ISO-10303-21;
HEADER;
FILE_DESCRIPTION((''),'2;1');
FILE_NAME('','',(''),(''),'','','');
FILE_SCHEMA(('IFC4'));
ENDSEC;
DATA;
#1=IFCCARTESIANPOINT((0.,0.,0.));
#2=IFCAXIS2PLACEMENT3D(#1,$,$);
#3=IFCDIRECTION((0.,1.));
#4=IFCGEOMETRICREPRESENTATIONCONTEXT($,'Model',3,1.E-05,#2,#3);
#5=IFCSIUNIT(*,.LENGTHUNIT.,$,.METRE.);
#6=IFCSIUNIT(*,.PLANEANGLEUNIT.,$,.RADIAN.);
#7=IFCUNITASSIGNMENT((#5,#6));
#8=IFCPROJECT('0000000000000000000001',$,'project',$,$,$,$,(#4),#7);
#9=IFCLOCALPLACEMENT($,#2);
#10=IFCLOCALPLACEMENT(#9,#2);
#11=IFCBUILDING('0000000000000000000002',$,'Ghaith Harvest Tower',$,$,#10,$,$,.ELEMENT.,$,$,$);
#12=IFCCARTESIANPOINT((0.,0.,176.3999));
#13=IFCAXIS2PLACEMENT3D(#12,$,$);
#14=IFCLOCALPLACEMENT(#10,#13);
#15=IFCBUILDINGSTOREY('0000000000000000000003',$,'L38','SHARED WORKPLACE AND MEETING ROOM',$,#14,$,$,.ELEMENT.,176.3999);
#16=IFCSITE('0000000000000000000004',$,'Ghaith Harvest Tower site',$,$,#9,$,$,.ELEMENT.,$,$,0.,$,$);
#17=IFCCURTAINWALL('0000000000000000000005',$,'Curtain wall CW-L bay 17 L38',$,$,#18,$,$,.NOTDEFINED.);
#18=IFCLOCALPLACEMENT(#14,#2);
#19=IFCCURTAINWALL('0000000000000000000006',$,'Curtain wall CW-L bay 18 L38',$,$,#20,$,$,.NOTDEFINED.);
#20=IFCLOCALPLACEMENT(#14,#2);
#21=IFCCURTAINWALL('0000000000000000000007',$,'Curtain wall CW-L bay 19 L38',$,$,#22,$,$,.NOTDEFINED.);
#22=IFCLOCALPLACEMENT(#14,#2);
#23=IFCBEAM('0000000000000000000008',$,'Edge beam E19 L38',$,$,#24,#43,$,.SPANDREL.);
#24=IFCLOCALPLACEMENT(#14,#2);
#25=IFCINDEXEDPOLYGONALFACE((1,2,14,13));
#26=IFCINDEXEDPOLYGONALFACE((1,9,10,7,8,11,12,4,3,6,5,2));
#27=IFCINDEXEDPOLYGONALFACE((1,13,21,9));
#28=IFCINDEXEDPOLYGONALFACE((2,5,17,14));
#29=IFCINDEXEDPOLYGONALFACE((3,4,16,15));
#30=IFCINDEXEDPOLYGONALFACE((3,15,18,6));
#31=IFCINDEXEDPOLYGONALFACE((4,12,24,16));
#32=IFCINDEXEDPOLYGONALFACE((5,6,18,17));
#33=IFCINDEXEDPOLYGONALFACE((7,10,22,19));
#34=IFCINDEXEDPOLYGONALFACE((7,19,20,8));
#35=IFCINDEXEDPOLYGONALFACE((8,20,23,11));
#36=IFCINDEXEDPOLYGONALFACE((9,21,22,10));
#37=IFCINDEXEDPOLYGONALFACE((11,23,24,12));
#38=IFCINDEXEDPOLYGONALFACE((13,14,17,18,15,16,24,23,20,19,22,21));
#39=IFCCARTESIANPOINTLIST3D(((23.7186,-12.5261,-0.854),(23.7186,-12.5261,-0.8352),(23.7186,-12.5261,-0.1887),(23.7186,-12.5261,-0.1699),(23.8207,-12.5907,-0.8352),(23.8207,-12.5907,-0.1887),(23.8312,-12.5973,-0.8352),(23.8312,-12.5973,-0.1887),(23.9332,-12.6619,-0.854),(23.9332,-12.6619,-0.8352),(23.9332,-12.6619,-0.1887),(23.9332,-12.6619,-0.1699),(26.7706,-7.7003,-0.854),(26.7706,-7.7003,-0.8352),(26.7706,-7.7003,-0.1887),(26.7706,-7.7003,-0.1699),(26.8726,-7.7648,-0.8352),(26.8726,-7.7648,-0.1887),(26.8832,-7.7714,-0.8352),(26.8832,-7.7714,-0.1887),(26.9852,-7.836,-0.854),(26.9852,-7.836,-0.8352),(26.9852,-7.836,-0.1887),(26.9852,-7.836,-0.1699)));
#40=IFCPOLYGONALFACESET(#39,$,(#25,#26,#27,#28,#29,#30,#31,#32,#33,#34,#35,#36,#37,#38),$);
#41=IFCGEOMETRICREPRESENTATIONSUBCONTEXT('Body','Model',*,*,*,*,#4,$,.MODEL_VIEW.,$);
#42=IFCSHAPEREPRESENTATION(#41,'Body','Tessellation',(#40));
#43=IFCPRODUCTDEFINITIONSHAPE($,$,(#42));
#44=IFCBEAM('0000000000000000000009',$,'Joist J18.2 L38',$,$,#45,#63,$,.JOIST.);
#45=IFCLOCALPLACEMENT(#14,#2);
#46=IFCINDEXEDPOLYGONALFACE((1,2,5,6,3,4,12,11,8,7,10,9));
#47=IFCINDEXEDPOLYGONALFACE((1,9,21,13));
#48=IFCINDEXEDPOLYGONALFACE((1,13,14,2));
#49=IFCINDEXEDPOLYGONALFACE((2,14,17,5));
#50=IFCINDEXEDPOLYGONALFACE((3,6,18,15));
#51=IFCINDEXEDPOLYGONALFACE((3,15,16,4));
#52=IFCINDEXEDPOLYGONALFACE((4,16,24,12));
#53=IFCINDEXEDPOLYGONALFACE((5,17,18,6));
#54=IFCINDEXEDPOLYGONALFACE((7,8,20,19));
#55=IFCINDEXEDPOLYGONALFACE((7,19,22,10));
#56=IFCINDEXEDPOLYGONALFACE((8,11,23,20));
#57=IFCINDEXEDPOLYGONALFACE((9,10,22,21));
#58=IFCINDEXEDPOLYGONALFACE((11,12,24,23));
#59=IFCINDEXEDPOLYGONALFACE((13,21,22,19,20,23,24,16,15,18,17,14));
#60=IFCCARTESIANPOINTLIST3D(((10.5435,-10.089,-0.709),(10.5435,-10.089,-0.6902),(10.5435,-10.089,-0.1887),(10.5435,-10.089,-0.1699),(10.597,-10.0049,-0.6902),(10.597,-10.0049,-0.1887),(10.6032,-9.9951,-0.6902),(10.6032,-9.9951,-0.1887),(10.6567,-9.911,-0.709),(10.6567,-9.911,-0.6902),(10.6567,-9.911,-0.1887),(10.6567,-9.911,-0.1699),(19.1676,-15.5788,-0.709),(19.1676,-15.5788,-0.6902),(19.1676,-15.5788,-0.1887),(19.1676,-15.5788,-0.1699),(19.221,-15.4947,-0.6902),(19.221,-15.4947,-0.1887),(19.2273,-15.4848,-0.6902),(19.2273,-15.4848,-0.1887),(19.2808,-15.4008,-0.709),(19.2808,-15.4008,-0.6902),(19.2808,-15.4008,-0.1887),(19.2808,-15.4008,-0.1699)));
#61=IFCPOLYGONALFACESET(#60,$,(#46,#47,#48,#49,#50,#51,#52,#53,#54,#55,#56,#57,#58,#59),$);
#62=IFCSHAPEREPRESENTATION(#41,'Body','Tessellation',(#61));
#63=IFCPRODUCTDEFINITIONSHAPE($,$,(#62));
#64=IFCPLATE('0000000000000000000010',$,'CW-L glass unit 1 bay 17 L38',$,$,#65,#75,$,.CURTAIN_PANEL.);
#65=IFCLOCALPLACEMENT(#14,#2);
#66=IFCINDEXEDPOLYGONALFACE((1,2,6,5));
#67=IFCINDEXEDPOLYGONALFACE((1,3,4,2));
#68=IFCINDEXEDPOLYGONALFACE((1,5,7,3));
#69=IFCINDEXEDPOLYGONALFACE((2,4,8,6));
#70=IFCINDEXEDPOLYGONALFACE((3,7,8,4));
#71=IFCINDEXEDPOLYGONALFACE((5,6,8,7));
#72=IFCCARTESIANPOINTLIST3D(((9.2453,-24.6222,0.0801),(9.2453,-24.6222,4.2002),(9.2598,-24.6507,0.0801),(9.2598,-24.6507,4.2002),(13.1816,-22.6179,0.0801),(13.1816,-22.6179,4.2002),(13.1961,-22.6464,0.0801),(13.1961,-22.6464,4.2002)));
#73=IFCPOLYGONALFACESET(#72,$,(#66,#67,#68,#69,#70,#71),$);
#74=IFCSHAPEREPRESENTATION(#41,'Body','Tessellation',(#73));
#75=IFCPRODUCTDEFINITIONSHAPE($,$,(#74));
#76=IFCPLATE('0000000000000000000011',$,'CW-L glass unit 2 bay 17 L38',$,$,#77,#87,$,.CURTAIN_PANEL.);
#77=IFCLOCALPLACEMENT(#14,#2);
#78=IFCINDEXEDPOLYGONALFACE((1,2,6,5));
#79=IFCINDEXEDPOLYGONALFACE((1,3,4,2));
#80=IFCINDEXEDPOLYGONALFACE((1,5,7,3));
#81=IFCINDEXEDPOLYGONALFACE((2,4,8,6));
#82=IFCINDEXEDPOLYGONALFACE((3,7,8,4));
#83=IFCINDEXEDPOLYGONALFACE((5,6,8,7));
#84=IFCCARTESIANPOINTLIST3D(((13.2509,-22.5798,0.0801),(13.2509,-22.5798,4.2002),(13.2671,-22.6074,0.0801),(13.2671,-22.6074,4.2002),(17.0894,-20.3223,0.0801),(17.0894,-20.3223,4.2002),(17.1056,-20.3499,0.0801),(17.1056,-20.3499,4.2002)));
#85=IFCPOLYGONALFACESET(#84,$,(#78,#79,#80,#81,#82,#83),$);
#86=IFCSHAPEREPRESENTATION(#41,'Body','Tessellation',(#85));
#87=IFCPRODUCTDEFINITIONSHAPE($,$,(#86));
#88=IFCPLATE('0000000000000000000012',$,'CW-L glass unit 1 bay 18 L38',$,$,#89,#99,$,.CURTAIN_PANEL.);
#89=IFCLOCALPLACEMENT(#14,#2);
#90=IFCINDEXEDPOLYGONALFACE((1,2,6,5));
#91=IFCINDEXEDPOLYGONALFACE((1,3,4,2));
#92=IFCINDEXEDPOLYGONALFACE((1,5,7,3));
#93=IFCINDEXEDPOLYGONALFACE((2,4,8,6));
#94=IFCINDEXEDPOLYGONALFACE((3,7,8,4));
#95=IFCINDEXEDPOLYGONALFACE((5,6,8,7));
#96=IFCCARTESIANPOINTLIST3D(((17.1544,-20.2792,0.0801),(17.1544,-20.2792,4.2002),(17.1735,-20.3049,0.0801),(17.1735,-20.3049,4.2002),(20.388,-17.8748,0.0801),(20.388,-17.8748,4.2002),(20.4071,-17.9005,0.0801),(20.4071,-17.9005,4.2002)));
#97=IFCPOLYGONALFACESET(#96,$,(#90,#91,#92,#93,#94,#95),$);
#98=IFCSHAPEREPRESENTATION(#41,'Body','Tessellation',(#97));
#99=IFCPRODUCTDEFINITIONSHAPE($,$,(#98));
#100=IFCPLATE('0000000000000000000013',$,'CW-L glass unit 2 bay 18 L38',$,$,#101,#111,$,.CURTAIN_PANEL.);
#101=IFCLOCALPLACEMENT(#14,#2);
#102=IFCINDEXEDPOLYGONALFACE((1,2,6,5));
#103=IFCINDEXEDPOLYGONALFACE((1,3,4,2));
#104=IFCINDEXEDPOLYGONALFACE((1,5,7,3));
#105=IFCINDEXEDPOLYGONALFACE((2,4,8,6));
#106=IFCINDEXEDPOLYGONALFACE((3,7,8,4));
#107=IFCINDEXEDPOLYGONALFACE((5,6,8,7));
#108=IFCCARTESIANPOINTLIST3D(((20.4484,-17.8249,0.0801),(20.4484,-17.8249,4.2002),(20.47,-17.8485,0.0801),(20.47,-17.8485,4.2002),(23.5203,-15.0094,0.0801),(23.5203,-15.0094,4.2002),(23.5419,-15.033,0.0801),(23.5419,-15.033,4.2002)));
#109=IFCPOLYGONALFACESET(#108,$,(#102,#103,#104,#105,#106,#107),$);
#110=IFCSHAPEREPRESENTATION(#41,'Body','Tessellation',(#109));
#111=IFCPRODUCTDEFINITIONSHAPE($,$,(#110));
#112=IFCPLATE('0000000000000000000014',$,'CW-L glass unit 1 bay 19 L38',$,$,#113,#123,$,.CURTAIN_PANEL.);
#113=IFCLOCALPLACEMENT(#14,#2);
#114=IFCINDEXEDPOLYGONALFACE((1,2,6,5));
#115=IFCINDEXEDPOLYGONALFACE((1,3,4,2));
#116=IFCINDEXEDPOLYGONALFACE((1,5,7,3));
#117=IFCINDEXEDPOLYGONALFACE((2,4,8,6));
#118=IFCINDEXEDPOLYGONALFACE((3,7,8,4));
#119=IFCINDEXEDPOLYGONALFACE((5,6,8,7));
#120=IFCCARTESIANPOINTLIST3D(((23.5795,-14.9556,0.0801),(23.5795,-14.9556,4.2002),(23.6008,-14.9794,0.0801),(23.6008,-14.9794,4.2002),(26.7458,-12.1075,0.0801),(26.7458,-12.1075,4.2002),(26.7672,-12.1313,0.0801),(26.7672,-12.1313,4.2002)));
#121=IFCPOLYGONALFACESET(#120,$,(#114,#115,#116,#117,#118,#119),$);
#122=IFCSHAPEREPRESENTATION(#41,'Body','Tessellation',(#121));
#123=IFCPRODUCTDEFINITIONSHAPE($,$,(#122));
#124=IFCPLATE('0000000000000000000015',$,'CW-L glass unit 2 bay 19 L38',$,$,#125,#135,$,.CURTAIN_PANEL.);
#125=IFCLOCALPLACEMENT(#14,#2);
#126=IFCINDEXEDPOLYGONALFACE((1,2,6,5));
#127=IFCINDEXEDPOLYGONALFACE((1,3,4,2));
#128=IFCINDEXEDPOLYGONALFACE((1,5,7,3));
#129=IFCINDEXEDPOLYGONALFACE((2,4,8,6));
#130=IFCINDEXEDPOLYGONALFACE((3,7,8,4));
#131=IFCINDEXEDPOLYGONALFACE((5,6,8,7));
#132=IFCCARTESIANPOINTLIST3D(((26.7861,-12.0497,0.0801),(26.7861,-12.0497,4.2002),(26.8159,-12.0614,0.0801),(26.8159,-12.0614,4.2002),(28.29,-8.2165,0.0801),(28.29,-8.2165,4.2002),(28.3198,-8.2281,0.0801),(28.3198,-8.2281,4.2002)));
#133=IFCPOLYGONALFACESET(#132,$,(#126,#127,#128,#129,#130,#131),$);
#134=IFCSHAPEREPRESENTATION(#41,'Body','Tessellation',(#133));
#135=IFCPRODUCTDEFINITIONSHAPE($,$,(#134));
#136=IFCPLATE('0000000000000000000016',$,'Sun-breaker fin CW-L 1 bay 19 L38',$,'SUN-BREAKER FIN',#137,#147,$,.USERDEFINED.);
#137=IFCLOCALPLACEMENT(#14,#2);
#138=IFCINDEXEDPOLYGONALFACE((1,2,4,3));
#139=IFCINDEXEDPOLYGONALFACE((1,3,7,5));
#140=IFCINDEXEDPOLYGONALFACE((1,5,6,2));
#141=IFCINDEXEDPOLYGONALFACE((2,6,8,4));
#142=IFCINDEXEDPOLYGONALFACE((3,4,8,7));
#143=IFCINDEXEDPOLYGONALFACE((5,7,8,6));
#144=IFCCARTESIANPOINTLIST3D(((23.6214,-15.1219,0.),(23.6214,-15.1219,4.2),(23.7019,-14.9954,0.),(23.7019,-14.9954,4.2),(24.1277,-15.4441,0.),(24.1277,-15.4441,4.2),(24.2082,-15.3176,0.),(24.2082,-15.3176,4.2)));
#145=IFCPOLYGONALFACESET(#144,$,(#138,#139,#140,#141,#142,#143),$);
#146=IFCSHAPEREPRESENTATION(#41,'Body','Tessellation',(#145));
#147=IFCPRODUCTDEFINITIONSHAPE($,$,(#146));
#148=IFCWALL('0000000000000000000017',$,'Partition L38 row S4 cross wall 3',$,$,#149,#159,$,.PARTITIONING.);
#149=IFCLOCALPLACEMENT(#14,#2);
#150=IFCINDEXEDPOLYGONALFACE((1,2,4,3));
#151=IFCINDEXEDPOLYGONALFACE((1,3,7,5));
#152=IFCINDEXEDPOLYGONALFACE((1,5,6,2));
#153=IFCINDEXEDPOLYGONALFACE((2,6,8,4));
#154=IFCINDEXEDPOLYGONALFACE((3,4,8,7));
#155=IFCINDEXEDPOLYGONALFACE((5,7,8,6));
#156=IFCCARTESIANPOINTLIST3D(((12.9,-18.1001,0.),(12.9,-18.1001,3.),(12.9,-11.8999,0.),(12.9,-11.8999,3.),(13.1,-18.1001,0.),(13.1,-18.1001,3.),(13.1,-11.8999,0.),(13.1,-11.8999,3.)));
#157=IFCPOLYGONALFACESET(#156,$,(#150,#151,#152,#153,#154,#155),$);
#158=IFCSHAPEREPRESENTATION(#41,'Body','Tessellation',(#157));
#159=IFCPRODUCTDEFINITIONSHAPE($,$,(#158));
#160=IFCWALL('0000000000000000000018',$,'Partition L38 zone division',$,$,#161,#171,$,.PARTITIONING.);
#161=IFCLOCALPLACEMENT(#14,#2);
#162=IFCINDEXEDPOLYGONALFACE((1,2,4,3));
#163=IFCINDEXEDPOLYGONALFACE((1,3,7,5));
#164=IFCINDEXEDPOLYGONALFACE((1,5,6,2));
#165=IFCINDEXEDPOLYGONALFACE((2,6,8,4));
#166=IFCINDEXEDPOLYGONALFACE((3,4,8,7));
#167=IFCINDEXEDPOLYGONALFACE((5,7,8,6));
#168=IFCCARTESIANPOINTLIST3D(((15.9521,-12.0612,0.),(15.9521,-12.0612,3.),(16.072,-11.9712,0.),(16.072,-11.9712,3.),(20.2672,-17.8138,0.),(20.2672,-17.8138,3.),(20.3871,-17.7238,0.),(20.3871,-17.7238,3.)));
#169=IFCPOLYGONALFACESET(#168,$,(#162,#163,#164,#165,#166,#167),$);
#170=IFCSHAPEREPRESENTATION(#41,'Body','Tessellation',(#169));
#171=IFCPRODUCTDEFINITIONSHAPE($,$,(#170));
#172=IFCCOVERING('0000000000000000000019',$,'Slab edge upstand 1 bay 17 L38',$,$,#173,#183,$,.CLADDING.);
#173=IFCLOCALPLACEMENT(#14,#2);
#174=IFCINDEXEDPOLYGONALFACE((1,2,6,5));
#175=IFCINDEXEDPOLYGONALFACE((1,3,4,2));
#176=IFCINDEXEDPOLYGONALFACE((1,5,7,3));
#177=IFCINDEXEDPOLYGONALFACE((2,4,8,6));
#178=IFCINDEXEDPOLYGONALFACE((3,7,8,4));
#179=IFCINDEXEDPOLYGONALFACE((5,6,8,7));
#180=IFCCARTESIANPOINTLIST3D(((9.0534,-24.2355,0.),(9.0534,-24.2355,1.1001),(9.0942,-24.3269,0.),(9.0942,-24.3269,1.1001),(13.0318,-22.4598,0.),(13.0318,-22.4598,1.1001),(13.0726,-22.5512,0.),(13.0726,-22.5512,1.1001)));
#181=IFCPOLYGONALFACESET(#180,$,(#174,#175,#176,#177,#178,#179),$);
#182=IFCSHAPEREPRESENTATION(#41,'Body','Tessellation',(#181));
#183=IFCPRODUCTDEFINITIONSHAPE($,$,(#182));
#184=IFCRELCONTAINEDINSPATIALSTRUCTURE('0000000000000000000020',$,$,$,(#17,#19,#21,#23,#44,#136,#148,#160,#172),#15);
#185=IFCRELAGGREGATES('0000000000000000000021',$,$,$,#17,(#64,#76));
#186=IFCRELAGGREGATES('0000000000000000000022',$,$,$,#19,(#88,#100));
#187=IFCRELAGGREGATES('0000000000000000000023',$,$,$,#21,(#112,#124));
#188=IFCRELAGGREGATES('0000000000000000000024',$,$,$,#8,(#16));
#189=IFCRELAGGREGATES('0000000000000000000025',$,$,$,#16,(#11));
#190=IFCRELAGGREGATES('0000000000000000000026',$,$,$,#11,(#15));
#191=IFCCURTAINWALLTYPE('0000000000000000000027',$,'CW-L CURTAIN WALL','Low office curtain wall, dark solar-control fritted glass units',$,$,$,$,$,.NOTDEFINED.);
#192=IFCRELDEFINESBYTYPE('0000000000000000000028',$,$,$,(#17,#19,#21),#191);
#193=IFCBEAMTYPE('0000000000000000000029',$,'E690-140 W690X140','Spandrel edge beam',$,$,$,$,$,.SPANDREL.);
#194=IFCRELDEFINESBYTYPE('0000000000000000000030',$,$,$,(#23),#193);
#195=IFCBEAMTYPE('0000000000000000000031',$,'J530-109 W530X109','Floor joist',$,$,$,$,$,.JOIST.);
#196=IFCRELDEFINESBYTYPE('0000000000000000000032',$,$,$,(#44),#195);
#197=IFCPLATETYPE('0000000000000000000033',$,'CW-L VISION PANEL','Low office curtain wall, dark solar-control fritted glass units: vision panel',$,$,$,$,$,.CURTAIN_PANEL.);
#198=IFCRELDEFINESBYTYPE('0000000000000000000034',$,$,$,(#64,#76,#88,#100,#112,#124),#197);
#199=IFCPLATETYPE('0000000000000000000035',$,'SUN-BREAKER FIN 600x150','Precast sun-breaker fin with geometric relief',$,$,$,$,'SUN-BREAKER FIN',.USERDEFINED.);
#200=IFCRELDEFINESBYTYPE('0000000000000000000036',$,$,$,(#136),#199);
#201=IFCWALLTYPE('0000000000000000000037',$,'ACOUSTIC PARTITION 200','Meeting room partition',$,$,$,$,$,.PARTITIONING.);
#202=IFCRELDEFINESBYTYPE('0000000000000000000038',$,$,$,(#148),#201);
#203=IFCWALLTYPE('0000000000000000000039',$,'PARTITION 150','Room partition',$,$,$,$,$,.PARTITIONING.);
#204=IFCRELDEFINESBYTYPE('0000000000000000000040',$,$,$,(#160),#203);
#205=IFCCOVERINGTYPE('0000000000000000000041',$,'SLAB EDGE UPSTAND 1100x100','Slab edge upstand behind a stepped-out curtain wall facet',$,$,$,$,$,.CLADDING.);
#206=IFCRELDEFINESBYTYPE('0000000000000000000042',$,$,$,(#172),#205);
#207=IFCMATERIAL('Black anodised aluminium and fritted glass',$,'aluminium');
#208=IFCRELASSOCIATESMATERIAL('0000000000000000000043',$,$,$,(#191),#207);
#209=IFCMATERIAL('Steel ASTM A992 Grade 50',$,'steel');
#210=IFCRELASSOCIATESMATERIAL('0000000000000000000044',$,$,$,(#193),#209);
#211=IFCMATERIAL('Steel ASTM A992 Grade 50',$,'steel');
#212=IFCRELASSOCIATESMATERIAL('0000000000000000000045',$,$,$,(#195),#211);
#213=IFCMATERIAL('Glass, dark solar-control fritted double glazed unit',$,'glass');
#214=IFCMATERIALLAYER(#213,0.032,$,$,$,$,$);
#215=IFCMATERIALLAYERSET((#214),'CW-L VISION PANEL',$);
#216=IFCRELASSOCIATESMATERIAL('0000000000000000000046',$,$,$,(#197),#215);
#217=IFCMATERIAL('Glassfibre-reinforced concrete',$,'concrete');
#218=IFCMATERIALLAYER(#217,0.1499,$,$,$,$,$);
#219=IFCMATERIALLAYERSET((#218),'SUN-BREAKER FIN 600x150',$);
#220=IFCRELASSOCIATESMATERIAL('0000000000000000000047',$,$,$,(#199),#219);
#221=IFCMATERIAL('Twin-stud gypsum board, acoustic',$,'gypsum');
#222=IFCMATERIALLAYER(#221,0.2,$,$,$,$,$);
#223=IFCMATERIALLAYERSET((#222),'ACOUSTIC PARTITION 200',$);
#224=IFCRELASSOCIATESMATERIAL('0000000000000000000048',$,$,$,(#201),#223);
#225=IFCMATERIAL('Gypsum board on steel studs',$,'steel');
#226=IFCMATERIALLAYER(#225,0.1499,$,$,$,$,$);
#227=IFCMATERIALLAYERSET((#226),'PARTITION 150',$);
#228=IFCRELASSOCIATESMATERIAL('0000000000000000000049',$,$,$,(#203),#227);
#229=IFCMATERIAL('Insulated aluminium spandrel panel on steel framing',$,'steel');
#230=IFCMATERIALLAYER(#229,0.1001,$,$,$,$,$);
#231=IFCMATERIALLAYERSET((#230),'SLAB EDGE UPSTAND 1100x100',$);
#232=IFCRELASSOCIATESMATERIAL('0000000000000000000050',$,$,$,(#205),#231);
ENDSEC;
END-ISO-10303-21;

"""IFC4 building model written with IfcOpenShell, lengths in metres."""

from ifc_helpers import new_model, si_unit, direction, frame, frame_2d, origin, origin_2d, place, context, subcontext, project, spatial, rectangle, i_section, extrude, material, layer, layer_set, material_profile, profile_set, type_object, element, aggregate, save


model = new_model("IFC4")

# Units and contexts
model_context = context("Model", 3, precision=1e-05, world=origin(), true_north=direction((0.0, 1.0)))
body_context = subcontext(model_context, "Body", "Model", "MODEL_VIEW")
ifc_project = project(units=[si_unit("LENGTHUNIT", "METRE"), si_unit("PLANEANGLEUNIT", "RADIAN")], contexts=[model_context])

# Site, building, storey
site_placement = place(None, origin())
site = spatial("IfcSite", under=ifc_project, at=site_placement, Name="Ghaith Harvest Tower site", CompositionType="ELEMENT", RefElevation=0.0)
building_placement = place(site_placement, origin())
building = spatial("IfcBuilding", under=site, at=building_placement, Name="Ghaith Harvest Tower", CompositionType="ELEMENT")
storey_placement = place(building_placement, frame((0.0, 0.0, 176.3999)))
storey = spatial("IfcBuildingStorey", under=building, at=storey_placement, Name="L38", Description="SHARED WORKPLACE AND MEETING ROOM", CompositionType="ELEMENT", Elevation=176.3999)

# Curtain wall
ifc_material_1 = material(Name="Black anodised aluminium and fritted glass", Category="aluminium")
curtain_wall_type = type_object("IfcCurtainWallType", Name="CW-L CURTAIN WALL", Description="Low office curtain wall, dark solar-control fritted glass units", PredefinedType="NOTDEFINED", material=ifc_material_1)
curtain_wall_1_placement = place(storey_placement, origin())
curtain_wall_1 = element("IfcCurtainWall", 1, at=curtain_wall_1_placement, inside=storey, type_object=curtain_wall_type, Name="Curtain wall CW-L bay 17 L38", PredefinedType="NOTDEFINED")

# Curtain walls
curtain_wall_2_placement = place(storey_placement, origin())
curtain_wall_2 = element("IfcCurtainWall", 2, at=curtain_wall_2_placement, inside=storey, type_object=curtain_wall_type, Name="Curtain wall CW-L bay 18 L38", PredefinedType="NOTDEFINED")
curtain_wall_3_placement = place(storey_placement, origin())
curtain_wall_3 = element("IfcCurtainWall", 3, at=curtain_wall_3_placement, inside=storey, type_object=curtain_wall_type, Name="Curtain wall CW-L bay 19 L38", PredefinedType="NOTDEFINED")

# Beams
ifc_material_2 = material(Name="Steel ASTM A992 Grade 50", Category="steel")
ifc_material_profile_1 = material_profile(ifc_material_2, i_section(OverallWidth=0.2539, OverallDepth=0.6841, WebThickness=0.0125, FlangeThickness=0.0188, at=origin_2d()), Name="W690X140")
ifc_profile_set_1 = profile_set([ifc_material_profile_1], Name="Steel ASTM A992 Grade 50")
beam_type_1 = type_object("IfcBeamType", Name="E690-140 W690X140", Description="Spandrel edge beam", PredefinedType="SPANDREL", material=ifc_profile_set_1)
beam_1_placement = place(storey_placement, frame((23.8259, -12.594, -0.512), z_axis=(0.5345, 0.845169, 0.0), x_axis=(-0.845169, 0.5345, 0.0)))
element("IfcBeam", 4, at=beam_1_placement, inside=storey, type_object=beam_type_1, Name="Edge beam E19 L38", PredefinedType="SPANDREL", context=body_context, shape_type="SweptSolid", body=[
    extrude(i_section(OverallWidth=0.2539, OverallDepth=0.6841, WebThickness=0.0125, FlangeThickness=0.0188, at=origin_2d()), origin(), (0.0, 0.0, 1.0), 5.71),
])
ifc_material_3 = material(Name="Steel ASTM A992 Grade 50", Category="steel")
ifc_material_profile_2 = material_profile(ifc_material_3, i_section(OverallWidth=0.2109, OverallDepth=0.5391, WebThickness=0.0117, FlangeThickness=0.0188, at=origin_2d()), Name="W530X109")
ifc_profile_set_2 = profile_set([ifc_material_profile_2], Name="Steel ASTM A992 Grade 50")
beam_type_2 = type_object("IfcBeamType", Name="J530-109 W530X109", Description="Floor joist", PredefinedType="JOIST", material=ifc_profile_set_2)
beam_2_placement = place(storey_placement, frame((10.6001, -10.0, -0.4395), z_axis=(0.843585, -0.536996, 0.0), x_axis=(0.536996, 0.843585, 0.0)))
element("IfcBeam", 5, at=beam_2_placement, inside=storey, type_object=beam_type_2, Name="Joist J18.2 L38", PredefinedType="JOIST", context=body_context, shape_type="SweptSolid", body=[
    extrude(i_section(OverallWidth=0.2109, OverallDepth=0.5391, WebThickness=0.0117, FlangeThickness=0.0188, at=origin_2d()), origin(), (0.0, 0.0, 1.0), 10.2231),
])

# Plates
ifc_material_4 = material(Name="Glass, dark solar-control fritted double glazed unit", Category="glass")
ifc_layer_1 = layer(ifc_material_4, 0.032)
ifc_layer_set_1 = layer_set([ifc_layer_1], Name="CW-L VISION PANEL")
plate_type_1 = type_object("IfcPlateType", Name="CW-L VISION PANEL", Description="Low office curtain wall, dark solar-control fritted glass units: vision panel", PredefinedType="CURTAIN_PANEL", material=ifc_layer_set_1)
plate_1_placement = place(storey_placement, frame((11.2207, -23.6343, 0.0801), z_axis=(0.0, 0.0, 1.0), x_axis=(0.891127, 0.453754, 0.0)))
plate_1 = element("IfcPlate", 6, at=plate_1_placement, type_object=plate_type_1, Name="CW-L glass unit 1 bay 17 L38", PredefinedType="CURTAIN_PANEL", context=body_context, shape_type="SweptSolid", body=[
    extrude(rectangle(XDim=4.4172, YDim=0.032, at=origin_2d()), origin(), (0.0, 0.0, 1.0), 4.1201),
])
plate_2_placement = place(storey_placement, frame((15.1782, -21.4648, 0.0801), z_axis=(0.0, 0.0, 1.0), x_axis=(0.861979, 0.506943, 0.0)))
plate_2 = element("IfcPlate", 7, at=plate_2_placement, type_object=plate_type_1, Name="CW-L glass unit 2 bay 17 L38", PredefinedType="CURTAIN_PANEL", context=body_context, shape_type="SweptSolid", body=[
    extrude(rectangle(XDim=4.4531, YDim=0.032, at=origin_2d()), origin(), (0.0, 0.0, 1.0), 4.1201),
])
aggregate(curtain_wall_1, [plate_1, plate_2])
plate_3_placement = place(storey_placement, frame((18.7808, -19.0898, 0.0801), z_axis=(0.0, 0.0, 1.0), x_axis=(0.802462, 0.596703, 0.0)))
plate_3 = element("IfcPlate", 8, at=plate_3_placement, type_object=plate_type_1, Name="CW-L glass unit 1 bay 18 L38", PredefinedType="CURTAIN_PANEL", context=body_context, shape_type="SweptSolid", body=[
    extrude(rectangle(XDim=4.0295, YDim=0.032, at=origin_2d()), origin(), (0.0, 0.0, 1.0), 4.1201),
])
plate_4_placement = place(storey_placement, frame((21.9951, -16.429, 0.0801), z_axis=(0.0, 0.0, 1.0), x_axis=(0.737202, 0.675673, 0.0)))
plate_4 = element("IfcPlate", 9, at=plate_4_placement, type_object=plate_type_1, Name="CW-L glass unit 2 bay 18 L38", PredefinedType="CURTAIN_PANEL", context=body_context, shape_type="SweptSolid", body=[
    extrude(rectangle(XDim=4.167, YDim=0.032, at=origin_2d()), origin(), (0.0, 0.0, 1.0), 4.1201),
])
aggregate(curtain_wall_2, [plate_3, plate_4])
plate_5_placement = place(storey_placement, frame((25.1733, -13.5435, 0.0801), z_axis=(0.0, 0.0, 1.0), x_axis=(0.743493, 0.668744, 0.0)))
plate_5 = element("IfcPlate", 10, at=plate_5_placement, type_object=plate_type_1, Name="CW-L glass unit 1 bay 19 L38", PredefinedType="CURTAIN_PANEL", context=body_context, shape_type="SweptSolid", body=[
    extrude(rectangle(XDim=4.2588, YDim=0.032, at=origin_2d()), origin(), (0.0, 0.0, 1.0), 4.1201),
])
plate_6_placement = place(storey_placement, frame((27.553, -10.1389, 0.0801), z_axis=(0.0, 0.0, 1.0), x_axis=(0.365226, 0.930919, 0.0)))
plate_6 = element("IfcPlate", 11, at=plate_6_placement, type_object=plate_type_1, Name="CW-L glass unit 2 bay 19 L38", PredefinedType="CURTAIN_PANEL", context=body_context, shape_type="SweptSolid", body=[
    extrude(rectangle(XDim=4.1177, YDim=0.032, at=origin_2d()), origin(), (0.0, 0.0, 1.0), 4.1201),
])
aggregate(curtain_wall_3, [plate_5, plate_6])
ifc_material_5 = material(Name="Glassfibre-reinforced concrete", Category="concrete")
ifc_layer_2 = layer(ifc_material_5, 0.1499)
ifc_layer_set_2 = layer_set([ifc_layer_2], Name="SUN-BREAKER FIN 600x150")
plate_type_2 = type_object("IfcPlateType", Name="SUN-BREAKER FIN 600x150", Description="Precast sun-breaker fin with geometric relief", ElementType="SUN-BREAKER FIN", PredefinedType="USERDEFINED", material=ifc_layer_set_2)
plate_7_placement = place(storey_placement, frame((23.9148, -15.2197, 0.0), z_axis=(0.0, 0.0, 1.0), x_axis=(0.843644, -0.536903, 0.0)))
element("IfcPlate", 12, at=plate_7_placement, inside=storey, type_object=plate_type_2, Name="Sun-breaker fin CW-L 1 bay 19 L38", ObjectType="SUN-BREAKER FIN", PredefinedType="USERDEFINED", context=body_context, shape_type="SweptSolid", body=[
    extrude(rectangle(XDim=0.6001, YDim=0.1499, at=origin_2d()), origin(), (0.0, 0.0, 1.0), 4.2),
])

# Walls
ifc_material_6 = material(Name="Twin-stud gypsum board, acoustic", Category="gypsum")
ifc_layer_3 = layer(ifc_material_6, 0.2)
ifc_layer_set_3 = layer_set([ifc_layer_3], Name="ACOUSTIC PARTITION 200")
wall_type_1 = type_object("IfcWallType", Name="ACOUSTIC PARTITION 200", Description="Meeting room partition", PredefinedType="PARTITIONING", material=ifc_layer_set_3)
wall_1_placement = place(storey_placement, frame((13.0, -11.8999, 0.0), z_axis=(0.0, 0.0, 1.0), x_axis=(0.0, -1.0, 0.0)))
element("IfcWall", 13, at=wall_1_placement, inside=storey, type_object=wall_type_1, Name="Partition L38 row S4 cross wall 3", PredefinedType="PARTITIONING", context=body_context, shape_type="SweptSolid", body=[
    extrude(rectangle(XDim=6.2002, YDim=0.2, at=frame_2d((3.1001, 0.0))), origin(), (0.0, 0.0, 1.0), 3.0),
])
ifc_material_7 = material(Name="Gypsum board on steel studs", Category="steel")
ifc_layer_4 = layer(ifc_material_7, 0.1499)
ifc_layer_set_4 = layer_set([ifc_layer_4], Name="PARTITION 150")
wall_type_2 = type_object("IfcWallType", Name="PARTITION 150", Description="Room partition", PredefinedType="PARTITIONING", material=ifc_layer_set_4)
wall_2_placement = place(storey_placement, frame((16.012, -12.0161, 0.0), z_axis=(0.0, 0.0, 1.0), x_axis=(0.60006, -0.799955, 0.0)))
element("IfcWall", 14, at=wall_2_placement, inside=storey, type_object=wall_type_2, Name="Partition L38 zone division", PredefinedType="PARTITIONING", context=body_context, shape_type="SweptSolid", body=[
    extrude(rectangle(XDim=7.1912, YDim=0.1499, at=frame_2d((3.5957, 0.0))), origin(), (0.0, 0.0, 1.0), 3.0),
])

# Covering
ifc_material_8 = material(Name="Insulated aluminium spandrel panel on steel framing", Category="steel")
ifc_layer_5 = layer(ifc_material_8, 0.1001)
ifc_layer_set_5 = layer_set([ifc_layer_5], Name="SLAB EDGE UPSTAND 1100x100")
covering_type = type_object("IfcCoveringType", Name="SLAB EDGE UPSTAND 1100x100", Description="Slab edge upstand behind a stepped-out curtain wall facet", PredefinedType="CLADDING", material=ifc_layer_set_5)
covering_1_placement = place(storey_placement, frame((11.063, -23.3933, 0.0), z_axis=(0.0, 0.0, 1.0), x_axis=(0.91317, 0.407578, 0.0)))
element("IfcCovering", 15, at=covering_1_placement, inside=storey, type_object=covering_type, Name="Slab edge upstand 1 bay 17 L38", PredefinedType="CLADDING", context=body_context, shape_type="SweptSolid", body=[
    extrude(rectangle(XDim=4.3567, YDim=0.1001, at=origin_2d()), origin(), (0.0, 0.0, 1.0), 1.1001),
])

save(model, "model.ifc")
